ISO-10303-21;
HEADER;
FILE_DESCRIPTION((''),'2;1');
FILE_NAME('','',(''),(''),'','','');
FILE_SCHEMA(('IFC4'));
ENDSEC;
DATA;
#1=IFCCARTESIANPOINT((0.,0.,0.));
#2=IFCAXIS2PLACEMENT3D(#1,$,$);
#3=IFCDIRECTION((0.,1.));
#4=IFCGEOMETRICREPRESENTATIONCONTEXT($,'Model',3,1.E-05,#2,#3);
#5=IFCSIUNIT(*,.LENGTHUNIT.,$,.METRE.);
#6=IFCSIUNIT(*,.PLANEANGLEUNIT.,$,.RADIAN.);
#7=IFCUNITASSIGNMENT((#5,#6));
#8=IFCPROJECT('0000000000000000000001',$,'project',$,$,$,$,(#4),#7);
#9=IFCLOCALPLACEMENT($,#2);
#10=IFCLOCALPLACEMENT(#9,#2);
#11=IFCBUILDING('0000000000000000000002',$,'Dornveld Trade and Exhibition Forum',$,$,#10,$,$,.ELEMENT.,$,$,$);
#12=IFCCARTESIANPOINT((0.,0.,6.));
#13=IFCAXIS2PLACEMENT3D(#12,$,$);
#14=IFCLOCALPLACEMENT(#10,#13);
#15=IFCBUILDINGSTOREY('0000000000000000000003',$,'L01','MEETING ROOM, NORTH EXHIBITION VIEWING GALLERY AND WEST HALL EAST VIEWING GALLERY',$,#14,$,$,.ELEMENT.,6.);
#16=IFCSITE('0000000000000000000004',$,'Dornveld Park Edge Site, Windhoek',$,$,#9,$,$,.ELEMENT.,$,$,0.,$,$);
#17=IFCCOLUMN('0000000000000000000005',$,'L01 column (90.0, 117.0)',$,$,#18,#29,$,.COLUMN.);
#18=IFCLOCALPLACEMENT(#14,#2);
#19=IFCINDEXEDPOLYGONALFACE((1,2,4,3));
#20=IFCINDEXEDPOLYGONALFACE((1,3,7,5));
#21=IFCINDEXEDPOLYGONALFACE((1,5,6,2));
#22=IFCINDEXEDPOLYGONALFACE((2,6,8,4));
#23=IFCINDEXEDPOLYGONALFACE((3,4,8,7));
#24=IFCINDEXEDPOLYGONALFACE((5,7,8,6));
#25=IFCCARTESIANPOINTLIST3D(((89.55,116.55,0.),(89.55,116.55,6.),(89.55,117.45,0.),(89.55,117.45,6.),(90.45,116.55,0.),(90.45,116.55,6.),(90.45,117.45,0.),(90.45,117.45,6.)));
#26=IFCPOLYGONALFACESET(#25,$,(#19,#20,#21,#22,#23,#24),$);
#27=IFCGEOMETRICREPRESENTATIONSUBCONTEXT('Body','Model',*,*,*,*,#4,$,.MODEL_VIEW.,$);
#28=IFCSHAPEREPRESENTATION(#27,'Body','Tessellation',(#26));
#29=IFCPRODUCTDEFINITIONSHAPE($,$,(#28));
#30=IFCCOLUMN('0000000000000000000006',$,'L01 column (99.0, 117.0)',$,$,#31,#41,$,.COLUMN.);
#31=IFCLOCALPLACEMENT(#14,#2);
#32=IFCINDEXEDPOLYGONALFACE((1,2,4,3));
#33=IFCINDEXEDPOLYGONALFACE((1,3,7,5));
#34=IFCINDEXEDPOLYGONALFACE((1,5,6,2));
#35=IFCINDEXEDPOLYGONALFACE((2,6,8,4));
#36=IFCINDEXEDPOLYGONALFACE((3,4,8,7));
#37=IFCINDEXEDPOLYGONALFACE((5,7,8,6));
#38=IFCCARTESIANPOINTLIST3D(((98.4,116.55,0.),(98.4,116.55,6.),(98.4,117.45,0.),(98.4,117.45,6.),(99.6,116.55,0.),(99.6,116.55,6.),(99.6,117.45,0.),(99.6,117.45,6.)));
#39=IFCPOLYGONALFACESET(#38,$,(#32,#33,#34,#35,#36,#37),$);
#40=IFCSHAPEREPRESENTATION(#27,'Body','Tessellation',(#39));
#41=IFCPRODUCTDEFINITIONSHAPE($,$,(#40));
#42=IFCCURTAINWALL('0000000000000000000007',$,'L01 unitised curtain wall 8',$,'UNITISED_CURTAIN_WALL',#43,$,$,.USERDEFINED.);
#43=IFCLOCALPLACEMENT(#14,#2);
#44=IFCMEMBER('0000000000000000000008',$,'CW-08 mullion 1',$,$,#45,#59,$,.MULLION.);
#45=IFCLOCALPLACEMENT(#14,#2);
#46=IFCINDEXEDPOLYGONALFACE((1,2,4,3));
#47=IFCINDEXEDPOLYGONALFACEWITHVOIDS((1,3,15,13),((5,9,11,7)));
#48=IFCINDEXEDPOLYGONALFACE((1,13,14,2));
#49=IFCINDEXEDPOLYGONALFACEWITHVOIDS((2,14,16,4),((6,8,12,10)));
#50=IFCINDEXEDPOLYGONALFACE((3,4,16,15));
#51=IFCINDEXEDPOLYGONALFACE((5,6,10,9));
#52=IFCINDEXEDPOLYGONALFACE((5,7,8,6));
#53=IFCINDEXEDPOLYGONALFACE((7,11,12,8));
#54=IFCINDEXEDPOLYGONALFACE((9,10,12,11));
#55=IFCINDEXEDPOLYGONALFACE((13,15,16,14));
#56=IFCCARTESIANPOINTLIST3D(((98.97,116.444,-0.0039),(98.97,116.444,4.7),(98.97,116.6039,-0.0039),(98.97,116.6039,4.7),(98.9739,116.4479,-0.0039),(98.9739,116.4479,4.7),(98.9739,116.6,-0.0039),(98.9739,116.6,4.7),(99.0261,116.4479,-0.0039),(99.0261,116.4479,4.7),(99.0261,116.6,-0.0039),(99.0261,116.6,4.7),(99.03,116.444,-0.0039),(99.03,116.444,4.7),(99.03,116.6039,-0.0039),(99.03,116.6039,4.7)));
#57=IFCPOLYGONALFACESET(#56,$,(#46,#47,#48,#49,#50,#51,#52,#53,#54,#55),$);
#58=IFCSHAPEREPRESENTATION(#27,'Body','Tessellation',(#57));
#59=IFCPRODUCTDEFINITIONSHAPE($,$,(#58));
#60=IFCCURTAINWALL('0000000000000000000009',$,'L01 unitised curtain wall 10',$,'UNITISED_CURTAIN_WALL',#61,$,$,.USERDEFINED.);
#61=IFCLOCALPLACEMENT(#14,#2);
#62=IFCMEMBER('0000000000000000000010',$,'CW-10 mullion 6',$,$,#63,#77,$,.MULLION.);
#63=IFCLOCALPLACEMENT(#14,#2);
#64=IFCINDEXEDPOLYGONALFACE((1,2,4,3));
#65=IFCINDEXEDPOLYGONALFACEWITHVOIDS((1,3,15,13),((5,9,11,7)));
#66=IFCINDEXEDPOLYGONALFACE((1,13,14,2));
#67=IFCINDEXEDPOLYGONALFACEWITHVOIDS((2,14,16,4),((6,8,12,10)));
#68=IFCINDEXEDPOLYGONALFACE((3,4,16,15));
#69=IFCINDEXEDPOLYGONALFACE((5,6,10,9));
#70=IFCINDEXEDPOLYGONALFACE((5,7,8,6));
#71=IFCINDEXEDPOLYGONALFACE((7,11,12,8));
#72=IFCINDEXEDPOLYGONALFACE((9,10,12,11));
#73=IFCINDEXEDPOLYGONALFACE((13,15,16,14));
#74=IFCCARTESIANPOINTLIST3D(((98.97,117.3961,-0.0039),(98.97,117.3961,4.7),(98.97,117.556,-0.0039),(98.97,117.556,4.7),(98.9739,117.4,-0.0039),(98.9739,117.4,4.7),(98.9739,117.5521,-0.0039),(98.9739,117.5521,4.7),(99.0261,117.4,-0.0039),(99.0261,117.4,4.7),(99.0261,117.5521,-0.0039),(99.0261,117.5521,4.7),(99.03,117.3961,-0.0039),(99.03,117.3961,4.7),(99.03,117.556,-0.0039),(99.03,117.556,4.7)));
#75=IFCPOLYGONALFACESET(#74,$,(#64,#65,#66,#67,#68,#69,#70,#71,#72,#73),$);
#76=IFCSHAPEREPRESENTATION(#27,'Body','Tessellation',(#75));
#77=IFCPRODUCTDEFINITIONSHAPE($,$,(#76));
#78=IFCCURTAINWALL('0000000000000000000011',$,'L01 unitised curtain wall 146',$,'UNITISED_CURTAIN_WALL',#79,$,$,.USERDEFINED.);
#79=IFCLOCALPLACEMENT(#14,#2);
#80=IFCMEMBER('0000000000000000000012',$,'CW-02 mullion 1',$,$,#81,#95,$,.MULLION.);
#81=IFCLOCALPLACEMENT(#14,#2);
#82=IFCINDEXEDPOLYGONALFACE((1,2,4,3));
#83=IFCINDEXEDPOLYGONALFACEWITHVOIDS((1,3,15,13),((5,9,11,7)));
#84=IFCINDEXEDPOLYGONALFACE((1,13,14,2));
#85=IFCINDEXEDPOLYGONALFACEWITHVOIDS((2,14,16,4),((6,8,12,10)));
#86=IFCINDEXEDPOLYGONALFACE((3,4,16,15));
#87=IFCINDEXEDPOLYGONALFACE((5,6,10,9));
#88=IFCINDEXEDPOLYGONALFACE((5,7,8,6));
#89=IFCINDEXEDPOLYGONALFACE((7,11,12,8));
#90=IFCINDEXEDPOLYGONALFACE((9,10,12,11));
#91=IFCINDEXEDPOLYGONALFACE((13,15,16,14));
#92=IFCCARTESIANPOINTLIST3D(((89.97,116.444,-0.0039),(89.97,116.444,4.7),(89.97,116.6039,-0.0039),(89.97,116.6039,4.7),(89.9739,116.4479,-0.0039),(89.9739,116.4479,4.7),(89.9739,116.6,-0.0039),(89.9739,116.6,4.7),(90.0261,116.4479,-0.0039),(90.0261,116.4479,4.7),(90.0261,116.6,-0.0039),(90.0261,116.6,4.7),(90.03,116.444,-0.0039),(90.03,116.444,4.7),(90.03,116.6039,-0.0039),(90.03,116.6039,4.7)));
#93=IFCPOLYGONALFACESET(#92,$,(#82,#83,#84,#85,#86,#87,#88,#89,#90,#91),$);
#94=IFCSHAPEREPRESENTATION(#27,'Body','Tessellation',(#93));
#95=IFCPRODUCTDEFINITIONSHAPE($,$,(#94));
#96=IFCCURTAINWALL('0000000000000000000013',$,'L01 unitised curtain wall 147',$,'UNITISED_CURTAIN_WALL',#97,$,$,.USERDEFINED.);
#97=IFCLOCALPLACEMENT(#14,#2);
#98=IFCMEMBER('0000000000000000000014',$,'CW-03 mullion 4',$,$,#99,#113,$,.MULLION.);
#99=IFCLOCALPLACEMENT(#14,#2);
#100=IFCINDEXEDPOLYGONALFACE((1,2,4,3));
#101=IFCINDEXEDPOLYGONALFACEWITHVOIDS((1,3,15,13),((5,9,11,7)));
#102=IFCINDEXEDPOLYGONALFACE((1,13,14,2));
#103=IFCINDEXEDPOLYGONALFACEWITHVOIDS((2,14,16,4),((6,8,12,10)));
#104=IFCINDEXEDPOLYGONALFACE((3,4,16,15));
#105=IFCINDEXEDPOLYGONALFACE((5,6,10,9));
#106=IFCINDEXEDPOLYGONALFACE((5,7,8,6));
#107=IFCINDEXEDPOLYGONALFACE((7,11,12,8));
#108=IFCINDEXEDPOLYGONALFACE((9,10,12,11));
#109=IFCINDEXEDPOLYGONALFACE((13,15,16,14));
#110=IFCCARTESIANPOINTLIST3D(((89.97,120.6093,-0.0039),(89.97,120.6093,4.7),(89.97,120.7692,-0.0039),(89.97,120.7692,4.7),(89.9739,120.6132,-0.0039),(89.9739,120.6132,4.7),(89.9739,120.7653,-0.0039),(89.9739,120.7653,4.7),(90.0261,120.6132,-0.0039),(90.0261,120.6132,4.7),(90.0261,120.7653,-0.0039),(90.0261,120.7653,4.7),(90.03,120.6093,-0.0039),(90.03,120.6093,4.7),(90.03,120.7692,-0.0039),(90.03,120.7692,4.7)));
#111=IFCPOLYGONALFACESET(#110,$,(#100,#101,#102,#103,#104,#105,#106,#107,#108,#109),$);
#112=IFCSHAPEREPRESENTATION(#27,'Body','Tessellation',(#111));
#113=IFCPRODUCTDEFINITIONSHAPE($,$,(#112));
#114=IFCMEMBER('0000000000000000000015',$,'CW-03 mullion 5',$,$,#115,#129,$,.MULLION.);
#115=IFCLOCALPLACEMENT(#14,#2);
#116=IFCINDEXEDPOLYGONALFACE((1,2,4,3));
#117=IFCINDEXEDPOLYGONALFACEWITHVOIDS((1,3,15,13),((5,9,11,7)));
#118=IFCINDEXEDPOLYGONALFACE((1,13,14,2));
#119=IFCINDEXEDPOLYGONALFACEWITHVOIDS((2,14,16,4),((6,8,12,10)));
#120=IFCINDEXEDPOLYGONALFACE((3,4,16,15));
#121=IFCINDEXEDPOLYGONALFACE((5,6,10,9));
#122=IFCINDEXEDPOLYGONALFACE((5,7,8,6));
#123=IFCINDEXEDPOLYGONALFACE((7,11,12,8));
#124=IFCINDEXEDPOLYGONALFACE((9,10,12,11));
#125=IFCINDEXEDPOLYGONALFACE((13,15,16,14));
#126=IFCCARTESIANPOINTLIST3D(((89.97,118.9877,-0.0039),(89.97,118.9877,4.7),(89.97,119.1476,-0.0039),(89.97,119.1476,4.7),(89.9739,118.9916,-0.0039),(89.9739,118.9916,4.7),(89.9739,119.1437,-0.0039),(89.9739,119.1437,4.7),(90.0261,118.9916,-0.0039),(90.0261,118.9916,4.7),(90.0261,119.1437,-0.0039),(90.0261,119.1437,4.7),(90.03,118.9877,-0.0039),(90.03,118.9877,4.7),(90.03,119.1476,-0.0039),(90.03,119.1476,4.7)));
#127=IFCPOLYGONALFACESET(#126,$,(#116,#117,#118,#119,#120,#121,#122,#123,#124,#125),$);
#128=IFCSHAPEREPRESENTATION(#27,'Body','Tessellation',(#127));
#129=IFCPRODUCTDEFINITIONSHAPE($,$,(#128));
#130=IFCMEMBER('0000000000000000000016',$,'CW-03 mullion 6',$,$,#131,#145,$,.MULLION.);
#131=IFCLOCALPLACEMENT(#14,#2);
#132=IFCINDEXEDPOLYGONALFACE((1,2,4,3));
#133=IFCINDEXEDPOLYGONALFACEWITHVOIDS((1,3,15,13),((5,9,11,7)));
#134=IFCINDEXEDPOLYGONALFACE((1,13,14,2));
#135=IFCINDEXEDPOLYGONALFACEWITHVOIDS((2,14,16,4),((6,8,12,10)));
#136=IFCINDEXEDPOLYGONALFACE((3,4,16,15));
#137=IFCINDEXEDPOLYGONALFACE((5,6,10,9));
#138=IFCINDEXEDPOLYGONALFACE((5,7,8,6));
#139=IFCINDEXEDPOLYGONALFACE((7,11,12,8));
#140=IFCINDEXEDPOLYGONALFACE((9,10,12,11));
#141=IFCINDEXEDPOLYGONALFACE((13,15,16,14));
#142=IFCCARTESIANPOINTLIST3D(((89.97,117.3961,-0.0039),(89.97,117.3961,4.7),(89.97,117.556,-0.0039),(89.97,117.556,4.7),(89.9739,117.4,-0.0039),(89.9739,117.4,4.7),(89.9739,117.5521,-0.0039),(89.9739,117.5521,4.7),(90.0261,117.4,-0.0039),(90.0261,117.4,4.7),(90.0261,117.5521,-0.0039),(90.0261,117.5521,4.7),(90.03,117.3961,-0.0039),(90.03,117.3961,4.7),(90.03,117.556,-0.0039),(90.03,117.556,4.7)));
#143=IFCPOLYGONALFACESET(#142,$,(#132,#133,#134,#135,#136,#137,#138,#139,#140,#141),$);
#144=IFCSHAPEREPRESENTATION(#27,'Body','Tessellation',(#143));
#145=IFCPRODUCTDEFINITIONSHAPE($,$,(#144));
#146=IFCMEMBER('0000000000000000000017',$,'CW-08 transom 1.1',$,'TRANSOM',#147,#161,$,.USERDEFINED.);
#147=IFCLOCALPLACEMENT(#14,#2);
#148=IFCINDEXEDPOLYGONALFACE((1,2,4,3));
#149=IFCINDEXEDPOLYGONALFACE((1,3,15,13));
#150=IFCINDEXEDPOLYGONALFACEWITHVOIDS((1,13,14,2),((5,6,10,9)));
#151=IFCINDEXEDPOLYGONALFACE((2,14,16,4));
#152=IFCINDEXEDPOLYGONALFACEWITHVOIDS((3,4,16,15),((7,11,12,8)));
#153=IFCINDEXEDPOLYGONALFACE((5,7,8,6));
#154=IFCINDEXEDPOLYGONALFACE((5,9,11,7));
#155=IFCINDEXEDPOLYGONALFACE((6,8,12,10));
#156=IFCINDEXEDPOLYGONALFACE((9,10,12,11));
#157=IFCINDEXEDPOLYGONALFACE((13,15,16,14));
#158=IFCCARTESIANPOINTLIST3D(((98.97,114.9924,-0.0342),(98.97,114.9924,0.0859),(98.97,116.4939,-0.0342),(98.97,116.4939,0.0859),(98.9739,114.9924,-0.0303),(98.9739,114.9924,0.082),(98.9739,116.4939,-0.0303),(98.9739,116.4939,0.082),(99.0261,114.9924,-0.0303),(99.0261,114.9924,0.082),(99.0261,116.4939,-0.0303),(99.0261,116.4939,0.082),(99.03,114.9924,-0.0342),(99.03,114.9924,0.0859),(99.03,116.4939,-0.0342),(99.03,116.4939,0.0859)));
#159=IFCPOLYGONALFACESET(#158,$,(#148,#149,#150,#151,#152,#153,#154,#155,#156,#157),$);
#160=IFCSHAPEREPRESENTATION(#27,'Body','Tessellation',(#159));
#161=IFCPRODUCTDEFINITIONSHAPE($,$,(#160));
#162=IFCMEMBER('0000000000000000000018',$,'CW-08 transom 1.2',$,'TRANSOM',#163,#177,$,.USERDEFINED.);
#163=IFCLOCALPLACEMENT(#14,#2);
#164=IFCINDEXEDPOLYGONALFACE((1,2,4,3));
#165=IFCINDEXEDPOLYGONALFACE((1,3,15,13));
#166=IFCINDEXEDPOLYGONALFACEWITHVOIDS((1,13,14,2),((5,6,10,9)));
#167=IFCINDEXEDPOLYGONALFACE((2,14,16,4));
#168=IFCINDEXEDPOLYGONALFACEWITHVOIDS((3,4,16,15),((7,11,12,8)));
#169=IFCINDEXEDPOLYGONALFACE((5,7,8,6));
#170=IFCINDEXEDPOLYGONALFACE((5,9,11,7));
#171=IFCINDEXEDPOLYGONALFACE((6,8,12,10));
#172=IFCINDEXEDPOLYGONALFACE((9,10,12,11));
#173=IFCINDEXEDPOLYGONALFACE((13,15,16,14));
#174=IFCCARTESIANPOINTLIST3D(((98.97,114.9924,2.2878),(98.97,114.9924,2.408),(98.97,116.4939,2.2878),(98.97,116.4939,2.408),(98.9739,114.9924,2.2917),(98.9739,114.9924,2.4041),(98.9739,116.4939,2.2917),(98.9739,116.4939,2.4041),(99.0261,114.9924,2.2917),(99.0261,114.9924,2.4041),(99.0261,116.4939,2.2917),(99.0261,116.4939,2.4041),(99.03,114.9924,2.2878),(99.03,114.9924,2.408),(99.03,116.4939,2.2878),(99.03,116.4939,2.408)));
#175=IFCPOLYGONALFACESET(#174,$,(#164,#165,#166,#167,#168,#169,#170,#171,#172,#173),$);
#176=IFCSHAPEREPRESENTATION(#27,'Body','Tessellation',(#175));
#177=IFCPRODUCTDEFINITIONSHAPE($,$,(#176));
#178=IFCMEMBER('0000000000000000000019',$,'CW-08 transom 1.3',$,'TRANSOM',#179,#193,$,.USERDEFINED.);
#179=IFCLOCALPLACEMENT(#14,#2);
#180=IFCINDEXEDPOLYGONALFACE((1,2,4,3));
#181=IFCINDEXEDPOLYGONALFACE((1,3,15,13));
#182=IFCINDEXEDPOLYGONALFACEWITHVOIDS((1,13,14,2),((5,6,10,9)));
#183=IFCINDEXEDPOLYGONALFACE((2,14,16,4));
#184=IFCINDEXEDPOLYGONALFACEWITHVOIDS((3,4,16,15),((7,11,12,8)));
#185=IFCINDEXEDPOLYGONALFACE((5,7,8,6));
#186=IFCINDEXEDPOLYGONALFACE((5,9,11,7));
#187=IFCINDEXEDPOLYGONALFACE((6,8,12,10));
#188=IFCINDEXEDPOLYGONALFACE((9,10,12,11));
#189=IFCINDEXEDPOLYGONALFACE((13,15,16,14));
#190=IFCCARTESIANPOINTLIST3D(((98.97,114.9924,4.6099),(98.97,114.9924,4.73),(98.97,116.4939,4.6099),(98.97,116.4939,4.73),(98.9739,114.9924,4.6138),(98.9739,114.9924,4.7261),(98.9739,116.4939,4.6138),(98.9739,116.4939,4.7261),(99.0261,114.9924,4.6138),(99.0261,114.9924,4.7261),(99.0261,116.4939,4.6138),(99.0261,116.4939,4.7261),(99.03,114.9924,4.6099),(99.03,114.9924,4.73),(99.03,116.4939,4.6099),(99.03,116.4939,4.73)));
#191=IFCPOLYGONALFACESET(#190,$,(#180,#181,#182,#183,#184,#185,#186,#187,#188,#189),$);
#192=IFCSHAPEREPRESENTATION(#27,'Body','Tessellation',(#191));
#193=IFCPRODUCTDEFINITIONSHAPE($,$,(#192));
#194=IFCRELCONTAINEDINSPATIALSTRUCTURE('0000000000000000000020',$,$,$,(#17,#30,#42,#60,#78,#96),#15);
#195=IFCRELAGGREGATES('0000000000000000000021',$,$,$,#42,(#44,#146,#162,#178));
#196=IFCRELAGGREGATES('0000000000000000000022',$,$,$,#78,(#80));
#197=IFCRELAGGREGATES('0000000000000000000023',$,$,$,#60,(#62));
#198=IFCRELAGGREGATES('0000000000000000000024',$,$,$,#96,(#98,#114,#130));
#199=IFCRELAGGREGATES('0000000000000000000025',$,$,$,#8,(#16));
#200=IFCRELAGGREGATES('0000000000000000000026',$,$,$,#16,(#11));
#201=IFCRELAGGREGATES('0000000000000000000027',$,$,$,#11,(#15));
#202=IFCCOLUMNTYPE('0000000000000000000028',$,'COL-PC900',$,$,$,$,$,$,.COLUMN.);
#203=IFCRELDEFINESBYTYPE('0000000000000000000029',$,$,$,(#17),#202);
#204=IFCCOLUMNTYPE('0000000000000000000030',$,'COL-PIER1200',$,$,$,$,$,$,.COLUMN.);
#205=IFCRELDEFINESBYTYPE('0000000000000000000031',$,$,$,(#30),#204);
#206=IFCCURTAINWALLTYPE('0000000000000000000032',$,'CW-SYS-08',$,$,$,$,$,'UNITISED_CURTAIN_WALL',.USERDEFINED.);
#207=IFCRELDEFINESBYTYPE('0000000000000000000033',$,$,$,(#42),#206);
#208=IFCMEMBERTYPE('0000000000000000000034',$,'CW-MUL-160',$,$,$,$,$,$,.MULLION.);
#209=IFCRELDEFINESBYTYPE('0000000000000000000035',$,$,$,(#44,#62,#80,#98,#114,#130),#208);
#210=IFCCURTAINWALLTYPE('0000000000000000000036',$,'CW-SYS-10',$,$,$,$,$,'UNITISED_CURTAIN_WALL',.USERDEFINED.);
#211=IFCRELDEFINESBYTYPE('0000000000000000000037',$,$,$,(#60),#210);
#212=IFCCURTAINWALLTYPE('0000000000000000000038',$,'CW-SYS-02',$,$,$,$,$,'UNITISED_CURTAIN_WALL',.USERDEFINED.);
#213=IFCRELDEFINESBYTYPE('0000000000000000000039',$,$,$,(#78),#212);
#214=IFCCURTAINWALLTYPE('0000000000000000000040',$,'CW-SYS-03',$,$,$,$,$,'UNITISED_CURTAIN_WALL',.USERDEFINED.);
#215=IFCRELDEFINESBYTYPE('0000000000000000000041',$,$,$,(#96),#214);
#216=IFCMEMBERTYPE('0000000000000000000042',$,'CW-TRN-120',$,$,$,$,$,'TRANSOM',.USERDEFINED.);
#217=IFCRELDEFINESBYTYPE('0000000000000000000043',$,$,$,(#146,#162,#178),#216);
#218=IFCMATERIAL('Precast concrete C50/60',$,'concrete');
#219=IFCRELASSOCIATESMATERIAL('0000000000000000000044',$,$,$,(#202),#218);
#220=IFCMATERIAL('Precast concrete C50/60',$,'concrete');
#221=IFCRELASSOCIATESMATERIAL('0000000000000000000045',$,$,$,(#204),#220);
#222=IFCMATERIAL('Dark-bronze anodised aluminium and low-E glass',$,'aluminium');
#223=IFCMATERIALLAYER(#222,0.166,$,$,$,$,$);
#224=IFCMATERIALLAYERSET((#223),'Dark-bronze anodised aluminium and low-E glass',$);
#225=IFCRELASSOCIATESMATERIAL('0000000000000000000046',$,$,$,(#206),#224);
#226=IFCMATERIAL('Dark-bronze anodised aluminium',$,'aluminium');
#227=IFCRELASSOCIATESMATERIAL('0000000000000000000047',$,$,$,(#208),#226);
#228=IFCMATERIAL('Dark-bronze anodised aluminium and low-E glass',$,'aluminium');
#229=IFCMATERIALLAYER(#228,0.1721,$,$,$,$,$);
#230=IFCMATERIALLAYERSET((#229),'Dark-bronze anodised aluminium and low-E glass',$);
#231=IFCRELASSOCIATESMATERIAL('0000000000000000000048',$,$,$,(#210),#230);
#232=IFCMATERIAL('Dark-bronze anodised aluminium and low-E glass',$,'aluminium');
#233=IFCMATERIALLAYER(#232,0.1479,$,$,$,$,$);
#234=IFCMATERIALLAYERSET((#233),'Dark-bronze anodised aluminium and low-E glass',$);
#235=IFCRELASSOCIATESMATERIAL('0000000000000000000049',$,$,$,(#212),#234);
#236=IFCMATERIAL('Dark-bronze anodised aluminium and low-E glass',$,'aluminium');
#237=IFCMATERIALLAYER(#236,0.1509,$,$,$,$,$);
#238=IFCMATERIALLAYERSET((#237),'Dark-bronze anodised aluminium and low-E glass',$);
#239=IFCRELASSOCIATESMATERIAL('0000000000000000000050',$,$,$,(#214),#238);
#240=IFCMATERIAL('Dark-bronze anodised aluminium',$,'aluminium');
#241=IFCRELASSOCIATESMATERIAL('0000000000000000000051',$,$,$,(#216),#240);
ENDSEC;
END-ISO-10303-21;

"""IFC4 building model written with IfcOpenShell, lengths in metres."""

from ifc_helpers import new_model, si_unit, direction, frame, origin, origin_2d, place, context, subcontext, project, spatial, rectangle, hollow_rectangle, extrude, material, layer, layer_set, material_profile, profile_set, type_object, element, aggregate, save


model = new_model("IFC4")

# Units and contexts
model_context = context("Model", 3, precision=1e-05, world=origin(), true_north=direction((0.0, 1.0)))
body_context = subcontext(model_context, "Body", "Model", "MODEL_VIEW")
ifc_project = project(units=[si_unit("LENGTHUNIT", "METRE"), si_unit("PLANEANGLEUNIT", "RADIAN")], contexts=[model_context])

# Site, building, storey
site_placement = place(None, origin())
site = spatial("IfcSite", under=ifc_project, at=site_placement, Name="Dornveld Park Edge Site, Windhoek", CompositionType="ELEMENT", RefElevation=0.0)
building_placement = place(site_placement, origin())
building = spatial("IfcBuilding", under=site, at=building_placement, Name="Dornveld Trade and Exhibition Forum", CompositionType="ELEMENT")
storey_placement = place(building_placement, frame((0.0, 0.0, 6.0)))
storey = spatial("IfcBuildingStorey", under=building, at=storey_placement, Name="L01", Description="MEETING ROOM, NORTH EXHIBITION VIEWING GALLERY AND WEST HALL EAST VIEWING GALLERY", CompositionType="ELEMENT", Elevation=6.0)

# Columns
ifc_material_1 = material(Name="Precast concrete C50/60", Category="concrete")
ifc_material_profile_1 = material_profile(ifc_material_1, rectangle(XDim=0.8999, YDim=0.8999, at=origin_2d()), Name="PC-COL 900x900")
ifc_profile_set_1 = profile_set([ifc_material_profile_1], Name="Precast concrete C50/60")
column_type_1 = type_object("IfcColumnType", Name="COL-PC900", PredefinedType="COLUMN", material=ifc_profile_set_1)
column_1_placement = place(storey_placement, frame((90.0, 117.0, 0.0), z_axis=(0.0, 0.0, 1.0), x_axis=(1.0, 0.0, 0.0)))
element("IfcColumn", 1, at=column_1_placement, inside=storey, type_object=column_type_1, Name="L01 column (90.0, 117.0)", PredefinedType="COLUMN", context=body_context, shape_type="SweptSolid", body=[
    extrude(rectangle(XDim=0.8999, YDim=0.8999, at=origin_2d()), origin(), (0.0, 0.0, 1.0), 6.0),
])
ifc_material_2 = material(Name="Precast concrete C50/60", Category="concrete")
ifc_material_profile_2 = material_profile(ifc_material_2, rectangle(XDim=1.2, YDim=0.8999, at=origin_2d()), Name="PC-PIER 1200x900")
ifc_profile_set_2 = profile_set([ifc_material_profile_2], Name="Precast concrete C50/60")
column_type_2 = type_object("IfcColumnType", Name="COL-PIER1200", PredefinedType="COLUMN", material=ifc_profile_set_2)
column_2_placement = place(storey_placement, frame((99.0, 117.0, 0.0), z_axis=(0.0, 0.0, 1.0), x_axis=(1.0, 0.0, 0.0)))
element("IfcColumn", 2, at=column_2_placement, inside=storey, type_object=column_type_2, Name="L01 column (99.0, 117.0)", PredefinedType="COLUMN", context=body_context, shape_type="SweptSolid", body=[
    extrude(rectangle(XDim=1.2, YDim=0.8999, at=origin_2d()), origin(), (0.0, 0.0, 1.0), 6.0),
])

# Curtain walls, members
ifc_material_3 = material(Name="Dark-bronze anodised aluminium and low-E glass", Category="aluminium")
ifc_layer_1 = layer(ifc_material_3, 0.166)
ifc_layer_set_1 = layer_set([ifc_layer_1], Name="Dark-bronze anodised aluminium and low-E glass")
curtain_wall_type_1 = type_object("IfcCurtainWallType", Name="CW-SYS-08", ElementType="UNITISED_CURTAIN_WALL", PredefinedType="USERDEFINED", material=ifc_layer_set_1)
curtain_wall_1_placement = place(storey_placement, origin())
curtain_wall_1 = element("IfcCurtainWall", 3, at=curtain_wall_1_placement, inside=storey, type_object=curtain_wall_type_1, Name="L01 unitised curtain wall 8", ObjectType="UNITISED_CURTAIN_WALL", PredefinedType="USERDEFINED")
ifc_material_4 = material(Name="Dark-bronze anodised aluminium", Category="aluminium")
ifc_material_profile_3 = material_profile(ifc_material_4, hollow_rectangle(XDim=0.0601, YDim=0.1599, WallThickness=0.0039, at=origin_2d()), Name="RHS 160x60x4")
ifc_profile_set_3 = profile_set([ifc_material_profile_3], Name="Dark-bronze anodised aluminium")
member_type_1 = type_object("IfcMemberType", Name="CW-MUL-160", PredefinedType="MULLION", material=ifc_profile_set_3)
member_1_placement = place(storey_placement, frame((99.0, 116.5239, -0.0039), z_axis=(0.0, 0.0, 1.0), x_axis=(1.0, 0.0, 0.0)))
member_1 = element("IfcMember", 4, at=member_1_placement, type_object=member_type_1, Name="CW-08 mullion 1", PredefinedType="MULLION", context=body_context, shape_type="SweptSolid", body=[
    extrude(hollow_rectangle(XDim=0.0601, YDim=0.1599, WallThickness=0.0039, at=origin_2d()), origin(), (0.0, 0.0, 1.0), 4.7039),
])
ifc_material_5 = material(Name="Dark-bronze anodised aluminium and low-E glass", Category="aluminium")
ifc_layer_2 = layer(ifc_material_5, 0.1721)
ifc_layer_set_2 = layer_set([ifc_layer_2], Name="Dark-bronze anodised aluminium and low-E glass")
curtain_wall_type_2 = type_object("IfcCurtainWallType", Name="CW-SYS-10", ElementType="UNITISED_CURTAIN_WALL", PredefinedType="USERDEFINED", material=ifc_layer_set_2)
curtain_wall_2_placement = place(storey_placement, origin())
curtain_wall_2 = element("IfcCurtainWall", 5, at=curtain_wall_2_placement, inside=storey, type_object=curtain_wall_type_2, Name="L01 unitised curtain wall 10", ObjectType="UNITISED_CURTAIN_WALL", PredefinedType="USERDEFINED")
member_2_placement = place(storey_placement, frame((99.0, 117.4761, -0.0039), z_axis=(0.0, 0.0, 1.0), x_axis=(1.0, 0.0, 0.0)))
member_2 = element("IfcMember", 6, at=member_2_placement, type_object=member_type_1, Name="CW-10 mullion 6", PredefinedType="MULLION", context=body_context, shape_type="SweptSolid", body=[
    extrude(hollow_rectangle(XDim=0.0601, YDim=0.1599, WallThickness=0.0039, at=origin_2d()), origin(), (0.0, 0.0, 1.0), 4.7039),
])
ifc_material_6 = material(Name="Dark-bronze anodised aluminium and low-E glass", Category="aluminium")
ifc_layer_3 = layer(ifc_material_6, 0.1479)
ifc_layer_set_3 = layer_set([ifc_layer_3], Name="Dark-bronze anodised aluminium and low-E glass")
curtain_wall_type_3 = type_object("IfcCurtainWallType", Name="CW-SYS-02", ElementType="UNITISED_CURTAIN_WALL", PredefinedType="USERDEFINED", material=ifc_layer_set_3)
curtain_wall_3_placement = place(storey_placement, origin())
curtain_wall_3 = element("IfcCurtainWall", 7, at=curtain_wall_3_placement, inside=storey, type_object=curtain_wall_type_3, Name="L01 unitised curtain wall 146", ObjectType="UNITISED_CURTAIN_WALL", PredefinedType="USERDEFINED")
member_3_placement = place(storey_placement, frame((90.0, 116.5239, -0.0039), z_axis=(0.0, 0.0, 1.0), x_axis=(1.0, 0.0, 0.0)))
member_3 = element("IfcMember", 8, at=member_3_placement, type_object=member_type_1, Name="CW-02 mullion 1", PredefinedType="MULLION", context=body_context, shape_type="SweptSolid", body=[
    extrude(hollow_rectangle(XDim=0.0601, YDim=0.1599, WallThickness=0.0039, at=origin_2d()), origin(), (0.0, 0.0, 1.0), 4.7039),
])

# Curtain wall, members
ifc_material_7 = material(Name="Dark-bronze anodised aluminium and low-E glass", Category="aluminium")
ifc_layer_4 = layer(ifc_material_7, 0.1509)
ifc_layer_set_4 = layer_set([ifc_layer_4], Name="Dark-bronze anodised aluminium and low-E glass")
curtain_wall_type_4 = type_object("IfcCurtainWallType", Name="CW-SYS-03", ElementType="UNITISED_CURTAIN_WALL", PredefinedType="USERDEFINED", material=ifc_layer_set_4)
curtain_wall_4_placement = place(storey_placement, origin())
curtain_wall_4 = element("IfcCurtainWall", 9, at=curtain_wall_4_placement, inside=storey, type_object=curtain_wall_type_4, Name="L01 unitised curtain wall 147", ObjectType="UNITISED_CURTAIN_WALL", PredefinedType="USERDEFINED")
member_4_placement = place(storey_placement, frame((90.0, 120.6892, -0.0039), z_axis=(0.0, 0.0, 1.0), x_axis=(1.0, 0.0, 0.0)))
member_4 = element("IfcMember", 10, at=member_4_placement, type_object=member_type_1, Name="CW-03 mullion 4", PredefinedType="MULLION", context=body_context, shape_type="SweptSolid", body=[
    extrude(hollow_rectangle(XDim=0.0601, YDim=0.1599, WallThickness=0.0039, at=origin_2d()), origin(), (0.0, 0.0, 1.0), 4.7039),
])
member_5_placement = place(storey_placement, frame((90.0, 119.0676, -0.0039), z_axis=(0.0, 0.0, 1.0), x_axis=(1.0, 0.0, 0.0)))
member_5 = element("IfcMember", 11, at=member_5_placement, type_object=member_type_1, Name="CW-03 mullion 5", PredefinedType="MULLION", context=body_context, shape_type="SweptSolid", body=[
    extrude(hollow_rectangle(XDim=0.0601, YDim=0.1599, WallThickness=0.0039, at=origin_2d()), origin(), (0.0, 0.0, 1.0), 4.7039),
])
member_6_placement = place(storey_placement, frame((90.0, 117.4761, -0.0039), z_axis=(0.0, 0.0, 1.0), x_axis=(1.0, 0.0, 0.0)))
member_6 = element("IfcMember", 12, at=member_6_placement, type_object=member_type_1, Name="CW-03 mullion 6", PredefinedType="MULLION", context=body_context, shape_type="SweptSolid", body=[
    extrude(hollow_rectangle(XDim=0.0601, YDim=0.1599, WallThickness=0.0039, at=origin_2d()), origin(), (0.0, 0.0, 1.0), 4.7039),
])

# Members
ifc_material_8 = material(Name="Dark-bronze anodised aluminium", Category="aluminium")
ifc_material_profile_4 = material_profile(ifc_material_8, hollow_rectangle(XDim=0.0601, YDim=0.1201, WallThickness=0.0039, at=origin_2d()), Name="RHS 120x60x4")
ifc_profile_set_4 = profile_set([ifc_material_profile_4], Name="Dark-bronze anodised aluminium")
member_type_2 = type_object("IfcMemberType", Name="CW-TRN-120", ElementType="TRANSOM", PredefinedType="USERDEFINED", material=ifc_profile_set_4)
member_7_placement = place(storey_placement, frame((99.0, 116.4939, 0.0259), z_axis=(0.0, -1.0, 0.0), x_axis=(1.0, 0.0, 0.0)))
member_7 = element("IfcMember", 13, at=member_7_placement, type_object=member_type_2, Name="CW-08 transom 1.1", ObjectType="TRANSOM", PredefinedType="USERDEFINED", context=body_context, shape_type="SweptSolid", body=[
    extrude(hollow_rectangle(XDim=0.0601, YDim=0.1201, WallThickness=0.0039, at=origin_2d()), origin(), (0.0, 0.0, 1.0), 1.5015),
])
member_8_placement = place(storey_placement, frame((99.0, 116.4939, 2.3479), z_axis=(0.0, -1.0, 0.0), x_axis=(1.0, 0.0, 0.0)))
member_8 = element("IfcMember", 14, at=member_8_placement, type_object=member_type_2, Name="CW-08 transom 1.2", ObjectType="TRANSOM", PredefinedType="USERDEFINED", context=body_context, shape_type="SweptSolid", body=[
    extrude(hollow_rectangle(XDim=0.0601, YDim=0.1201, WallThickness=0.0039, at=origin_2d()), origin(), (0.0, 0.0, 1.0), 1.5015),
])
member_9_placement = place(storey_placement, frame((99.0, 116.4939, 4.6699), z_axis=(0.0, -1.0, 0.0), x_axis=(1.0, 0.0, 0.0)))
member_9 = element("IfcMember", 15, at=member_9_placement, type_object=member_type_2, Name="CW-08 transom 1.3", ObjectType="TRANSOM", PredefinedType="USERDEFINED", context=body_context, shape_type="SweptSolid", body=[
    extrude(hollow_rectangle(XDim=0.0601, YDim=0.1201, WallThickness=0.0039, at=origin_2d()), origin(), (0.0, 0.0, 1.0), 1.5015),
])
aggregate(curtain_wall_1, [member_1, member_7, member_8, member_9])
aggregate(curtain_wall_3, [member_3])

aggregate(curtain_wall_2, [member_2])
aggregate(curtain_wall_4, [member_4, member_5, member_6])

save(model, "model.ifc")
